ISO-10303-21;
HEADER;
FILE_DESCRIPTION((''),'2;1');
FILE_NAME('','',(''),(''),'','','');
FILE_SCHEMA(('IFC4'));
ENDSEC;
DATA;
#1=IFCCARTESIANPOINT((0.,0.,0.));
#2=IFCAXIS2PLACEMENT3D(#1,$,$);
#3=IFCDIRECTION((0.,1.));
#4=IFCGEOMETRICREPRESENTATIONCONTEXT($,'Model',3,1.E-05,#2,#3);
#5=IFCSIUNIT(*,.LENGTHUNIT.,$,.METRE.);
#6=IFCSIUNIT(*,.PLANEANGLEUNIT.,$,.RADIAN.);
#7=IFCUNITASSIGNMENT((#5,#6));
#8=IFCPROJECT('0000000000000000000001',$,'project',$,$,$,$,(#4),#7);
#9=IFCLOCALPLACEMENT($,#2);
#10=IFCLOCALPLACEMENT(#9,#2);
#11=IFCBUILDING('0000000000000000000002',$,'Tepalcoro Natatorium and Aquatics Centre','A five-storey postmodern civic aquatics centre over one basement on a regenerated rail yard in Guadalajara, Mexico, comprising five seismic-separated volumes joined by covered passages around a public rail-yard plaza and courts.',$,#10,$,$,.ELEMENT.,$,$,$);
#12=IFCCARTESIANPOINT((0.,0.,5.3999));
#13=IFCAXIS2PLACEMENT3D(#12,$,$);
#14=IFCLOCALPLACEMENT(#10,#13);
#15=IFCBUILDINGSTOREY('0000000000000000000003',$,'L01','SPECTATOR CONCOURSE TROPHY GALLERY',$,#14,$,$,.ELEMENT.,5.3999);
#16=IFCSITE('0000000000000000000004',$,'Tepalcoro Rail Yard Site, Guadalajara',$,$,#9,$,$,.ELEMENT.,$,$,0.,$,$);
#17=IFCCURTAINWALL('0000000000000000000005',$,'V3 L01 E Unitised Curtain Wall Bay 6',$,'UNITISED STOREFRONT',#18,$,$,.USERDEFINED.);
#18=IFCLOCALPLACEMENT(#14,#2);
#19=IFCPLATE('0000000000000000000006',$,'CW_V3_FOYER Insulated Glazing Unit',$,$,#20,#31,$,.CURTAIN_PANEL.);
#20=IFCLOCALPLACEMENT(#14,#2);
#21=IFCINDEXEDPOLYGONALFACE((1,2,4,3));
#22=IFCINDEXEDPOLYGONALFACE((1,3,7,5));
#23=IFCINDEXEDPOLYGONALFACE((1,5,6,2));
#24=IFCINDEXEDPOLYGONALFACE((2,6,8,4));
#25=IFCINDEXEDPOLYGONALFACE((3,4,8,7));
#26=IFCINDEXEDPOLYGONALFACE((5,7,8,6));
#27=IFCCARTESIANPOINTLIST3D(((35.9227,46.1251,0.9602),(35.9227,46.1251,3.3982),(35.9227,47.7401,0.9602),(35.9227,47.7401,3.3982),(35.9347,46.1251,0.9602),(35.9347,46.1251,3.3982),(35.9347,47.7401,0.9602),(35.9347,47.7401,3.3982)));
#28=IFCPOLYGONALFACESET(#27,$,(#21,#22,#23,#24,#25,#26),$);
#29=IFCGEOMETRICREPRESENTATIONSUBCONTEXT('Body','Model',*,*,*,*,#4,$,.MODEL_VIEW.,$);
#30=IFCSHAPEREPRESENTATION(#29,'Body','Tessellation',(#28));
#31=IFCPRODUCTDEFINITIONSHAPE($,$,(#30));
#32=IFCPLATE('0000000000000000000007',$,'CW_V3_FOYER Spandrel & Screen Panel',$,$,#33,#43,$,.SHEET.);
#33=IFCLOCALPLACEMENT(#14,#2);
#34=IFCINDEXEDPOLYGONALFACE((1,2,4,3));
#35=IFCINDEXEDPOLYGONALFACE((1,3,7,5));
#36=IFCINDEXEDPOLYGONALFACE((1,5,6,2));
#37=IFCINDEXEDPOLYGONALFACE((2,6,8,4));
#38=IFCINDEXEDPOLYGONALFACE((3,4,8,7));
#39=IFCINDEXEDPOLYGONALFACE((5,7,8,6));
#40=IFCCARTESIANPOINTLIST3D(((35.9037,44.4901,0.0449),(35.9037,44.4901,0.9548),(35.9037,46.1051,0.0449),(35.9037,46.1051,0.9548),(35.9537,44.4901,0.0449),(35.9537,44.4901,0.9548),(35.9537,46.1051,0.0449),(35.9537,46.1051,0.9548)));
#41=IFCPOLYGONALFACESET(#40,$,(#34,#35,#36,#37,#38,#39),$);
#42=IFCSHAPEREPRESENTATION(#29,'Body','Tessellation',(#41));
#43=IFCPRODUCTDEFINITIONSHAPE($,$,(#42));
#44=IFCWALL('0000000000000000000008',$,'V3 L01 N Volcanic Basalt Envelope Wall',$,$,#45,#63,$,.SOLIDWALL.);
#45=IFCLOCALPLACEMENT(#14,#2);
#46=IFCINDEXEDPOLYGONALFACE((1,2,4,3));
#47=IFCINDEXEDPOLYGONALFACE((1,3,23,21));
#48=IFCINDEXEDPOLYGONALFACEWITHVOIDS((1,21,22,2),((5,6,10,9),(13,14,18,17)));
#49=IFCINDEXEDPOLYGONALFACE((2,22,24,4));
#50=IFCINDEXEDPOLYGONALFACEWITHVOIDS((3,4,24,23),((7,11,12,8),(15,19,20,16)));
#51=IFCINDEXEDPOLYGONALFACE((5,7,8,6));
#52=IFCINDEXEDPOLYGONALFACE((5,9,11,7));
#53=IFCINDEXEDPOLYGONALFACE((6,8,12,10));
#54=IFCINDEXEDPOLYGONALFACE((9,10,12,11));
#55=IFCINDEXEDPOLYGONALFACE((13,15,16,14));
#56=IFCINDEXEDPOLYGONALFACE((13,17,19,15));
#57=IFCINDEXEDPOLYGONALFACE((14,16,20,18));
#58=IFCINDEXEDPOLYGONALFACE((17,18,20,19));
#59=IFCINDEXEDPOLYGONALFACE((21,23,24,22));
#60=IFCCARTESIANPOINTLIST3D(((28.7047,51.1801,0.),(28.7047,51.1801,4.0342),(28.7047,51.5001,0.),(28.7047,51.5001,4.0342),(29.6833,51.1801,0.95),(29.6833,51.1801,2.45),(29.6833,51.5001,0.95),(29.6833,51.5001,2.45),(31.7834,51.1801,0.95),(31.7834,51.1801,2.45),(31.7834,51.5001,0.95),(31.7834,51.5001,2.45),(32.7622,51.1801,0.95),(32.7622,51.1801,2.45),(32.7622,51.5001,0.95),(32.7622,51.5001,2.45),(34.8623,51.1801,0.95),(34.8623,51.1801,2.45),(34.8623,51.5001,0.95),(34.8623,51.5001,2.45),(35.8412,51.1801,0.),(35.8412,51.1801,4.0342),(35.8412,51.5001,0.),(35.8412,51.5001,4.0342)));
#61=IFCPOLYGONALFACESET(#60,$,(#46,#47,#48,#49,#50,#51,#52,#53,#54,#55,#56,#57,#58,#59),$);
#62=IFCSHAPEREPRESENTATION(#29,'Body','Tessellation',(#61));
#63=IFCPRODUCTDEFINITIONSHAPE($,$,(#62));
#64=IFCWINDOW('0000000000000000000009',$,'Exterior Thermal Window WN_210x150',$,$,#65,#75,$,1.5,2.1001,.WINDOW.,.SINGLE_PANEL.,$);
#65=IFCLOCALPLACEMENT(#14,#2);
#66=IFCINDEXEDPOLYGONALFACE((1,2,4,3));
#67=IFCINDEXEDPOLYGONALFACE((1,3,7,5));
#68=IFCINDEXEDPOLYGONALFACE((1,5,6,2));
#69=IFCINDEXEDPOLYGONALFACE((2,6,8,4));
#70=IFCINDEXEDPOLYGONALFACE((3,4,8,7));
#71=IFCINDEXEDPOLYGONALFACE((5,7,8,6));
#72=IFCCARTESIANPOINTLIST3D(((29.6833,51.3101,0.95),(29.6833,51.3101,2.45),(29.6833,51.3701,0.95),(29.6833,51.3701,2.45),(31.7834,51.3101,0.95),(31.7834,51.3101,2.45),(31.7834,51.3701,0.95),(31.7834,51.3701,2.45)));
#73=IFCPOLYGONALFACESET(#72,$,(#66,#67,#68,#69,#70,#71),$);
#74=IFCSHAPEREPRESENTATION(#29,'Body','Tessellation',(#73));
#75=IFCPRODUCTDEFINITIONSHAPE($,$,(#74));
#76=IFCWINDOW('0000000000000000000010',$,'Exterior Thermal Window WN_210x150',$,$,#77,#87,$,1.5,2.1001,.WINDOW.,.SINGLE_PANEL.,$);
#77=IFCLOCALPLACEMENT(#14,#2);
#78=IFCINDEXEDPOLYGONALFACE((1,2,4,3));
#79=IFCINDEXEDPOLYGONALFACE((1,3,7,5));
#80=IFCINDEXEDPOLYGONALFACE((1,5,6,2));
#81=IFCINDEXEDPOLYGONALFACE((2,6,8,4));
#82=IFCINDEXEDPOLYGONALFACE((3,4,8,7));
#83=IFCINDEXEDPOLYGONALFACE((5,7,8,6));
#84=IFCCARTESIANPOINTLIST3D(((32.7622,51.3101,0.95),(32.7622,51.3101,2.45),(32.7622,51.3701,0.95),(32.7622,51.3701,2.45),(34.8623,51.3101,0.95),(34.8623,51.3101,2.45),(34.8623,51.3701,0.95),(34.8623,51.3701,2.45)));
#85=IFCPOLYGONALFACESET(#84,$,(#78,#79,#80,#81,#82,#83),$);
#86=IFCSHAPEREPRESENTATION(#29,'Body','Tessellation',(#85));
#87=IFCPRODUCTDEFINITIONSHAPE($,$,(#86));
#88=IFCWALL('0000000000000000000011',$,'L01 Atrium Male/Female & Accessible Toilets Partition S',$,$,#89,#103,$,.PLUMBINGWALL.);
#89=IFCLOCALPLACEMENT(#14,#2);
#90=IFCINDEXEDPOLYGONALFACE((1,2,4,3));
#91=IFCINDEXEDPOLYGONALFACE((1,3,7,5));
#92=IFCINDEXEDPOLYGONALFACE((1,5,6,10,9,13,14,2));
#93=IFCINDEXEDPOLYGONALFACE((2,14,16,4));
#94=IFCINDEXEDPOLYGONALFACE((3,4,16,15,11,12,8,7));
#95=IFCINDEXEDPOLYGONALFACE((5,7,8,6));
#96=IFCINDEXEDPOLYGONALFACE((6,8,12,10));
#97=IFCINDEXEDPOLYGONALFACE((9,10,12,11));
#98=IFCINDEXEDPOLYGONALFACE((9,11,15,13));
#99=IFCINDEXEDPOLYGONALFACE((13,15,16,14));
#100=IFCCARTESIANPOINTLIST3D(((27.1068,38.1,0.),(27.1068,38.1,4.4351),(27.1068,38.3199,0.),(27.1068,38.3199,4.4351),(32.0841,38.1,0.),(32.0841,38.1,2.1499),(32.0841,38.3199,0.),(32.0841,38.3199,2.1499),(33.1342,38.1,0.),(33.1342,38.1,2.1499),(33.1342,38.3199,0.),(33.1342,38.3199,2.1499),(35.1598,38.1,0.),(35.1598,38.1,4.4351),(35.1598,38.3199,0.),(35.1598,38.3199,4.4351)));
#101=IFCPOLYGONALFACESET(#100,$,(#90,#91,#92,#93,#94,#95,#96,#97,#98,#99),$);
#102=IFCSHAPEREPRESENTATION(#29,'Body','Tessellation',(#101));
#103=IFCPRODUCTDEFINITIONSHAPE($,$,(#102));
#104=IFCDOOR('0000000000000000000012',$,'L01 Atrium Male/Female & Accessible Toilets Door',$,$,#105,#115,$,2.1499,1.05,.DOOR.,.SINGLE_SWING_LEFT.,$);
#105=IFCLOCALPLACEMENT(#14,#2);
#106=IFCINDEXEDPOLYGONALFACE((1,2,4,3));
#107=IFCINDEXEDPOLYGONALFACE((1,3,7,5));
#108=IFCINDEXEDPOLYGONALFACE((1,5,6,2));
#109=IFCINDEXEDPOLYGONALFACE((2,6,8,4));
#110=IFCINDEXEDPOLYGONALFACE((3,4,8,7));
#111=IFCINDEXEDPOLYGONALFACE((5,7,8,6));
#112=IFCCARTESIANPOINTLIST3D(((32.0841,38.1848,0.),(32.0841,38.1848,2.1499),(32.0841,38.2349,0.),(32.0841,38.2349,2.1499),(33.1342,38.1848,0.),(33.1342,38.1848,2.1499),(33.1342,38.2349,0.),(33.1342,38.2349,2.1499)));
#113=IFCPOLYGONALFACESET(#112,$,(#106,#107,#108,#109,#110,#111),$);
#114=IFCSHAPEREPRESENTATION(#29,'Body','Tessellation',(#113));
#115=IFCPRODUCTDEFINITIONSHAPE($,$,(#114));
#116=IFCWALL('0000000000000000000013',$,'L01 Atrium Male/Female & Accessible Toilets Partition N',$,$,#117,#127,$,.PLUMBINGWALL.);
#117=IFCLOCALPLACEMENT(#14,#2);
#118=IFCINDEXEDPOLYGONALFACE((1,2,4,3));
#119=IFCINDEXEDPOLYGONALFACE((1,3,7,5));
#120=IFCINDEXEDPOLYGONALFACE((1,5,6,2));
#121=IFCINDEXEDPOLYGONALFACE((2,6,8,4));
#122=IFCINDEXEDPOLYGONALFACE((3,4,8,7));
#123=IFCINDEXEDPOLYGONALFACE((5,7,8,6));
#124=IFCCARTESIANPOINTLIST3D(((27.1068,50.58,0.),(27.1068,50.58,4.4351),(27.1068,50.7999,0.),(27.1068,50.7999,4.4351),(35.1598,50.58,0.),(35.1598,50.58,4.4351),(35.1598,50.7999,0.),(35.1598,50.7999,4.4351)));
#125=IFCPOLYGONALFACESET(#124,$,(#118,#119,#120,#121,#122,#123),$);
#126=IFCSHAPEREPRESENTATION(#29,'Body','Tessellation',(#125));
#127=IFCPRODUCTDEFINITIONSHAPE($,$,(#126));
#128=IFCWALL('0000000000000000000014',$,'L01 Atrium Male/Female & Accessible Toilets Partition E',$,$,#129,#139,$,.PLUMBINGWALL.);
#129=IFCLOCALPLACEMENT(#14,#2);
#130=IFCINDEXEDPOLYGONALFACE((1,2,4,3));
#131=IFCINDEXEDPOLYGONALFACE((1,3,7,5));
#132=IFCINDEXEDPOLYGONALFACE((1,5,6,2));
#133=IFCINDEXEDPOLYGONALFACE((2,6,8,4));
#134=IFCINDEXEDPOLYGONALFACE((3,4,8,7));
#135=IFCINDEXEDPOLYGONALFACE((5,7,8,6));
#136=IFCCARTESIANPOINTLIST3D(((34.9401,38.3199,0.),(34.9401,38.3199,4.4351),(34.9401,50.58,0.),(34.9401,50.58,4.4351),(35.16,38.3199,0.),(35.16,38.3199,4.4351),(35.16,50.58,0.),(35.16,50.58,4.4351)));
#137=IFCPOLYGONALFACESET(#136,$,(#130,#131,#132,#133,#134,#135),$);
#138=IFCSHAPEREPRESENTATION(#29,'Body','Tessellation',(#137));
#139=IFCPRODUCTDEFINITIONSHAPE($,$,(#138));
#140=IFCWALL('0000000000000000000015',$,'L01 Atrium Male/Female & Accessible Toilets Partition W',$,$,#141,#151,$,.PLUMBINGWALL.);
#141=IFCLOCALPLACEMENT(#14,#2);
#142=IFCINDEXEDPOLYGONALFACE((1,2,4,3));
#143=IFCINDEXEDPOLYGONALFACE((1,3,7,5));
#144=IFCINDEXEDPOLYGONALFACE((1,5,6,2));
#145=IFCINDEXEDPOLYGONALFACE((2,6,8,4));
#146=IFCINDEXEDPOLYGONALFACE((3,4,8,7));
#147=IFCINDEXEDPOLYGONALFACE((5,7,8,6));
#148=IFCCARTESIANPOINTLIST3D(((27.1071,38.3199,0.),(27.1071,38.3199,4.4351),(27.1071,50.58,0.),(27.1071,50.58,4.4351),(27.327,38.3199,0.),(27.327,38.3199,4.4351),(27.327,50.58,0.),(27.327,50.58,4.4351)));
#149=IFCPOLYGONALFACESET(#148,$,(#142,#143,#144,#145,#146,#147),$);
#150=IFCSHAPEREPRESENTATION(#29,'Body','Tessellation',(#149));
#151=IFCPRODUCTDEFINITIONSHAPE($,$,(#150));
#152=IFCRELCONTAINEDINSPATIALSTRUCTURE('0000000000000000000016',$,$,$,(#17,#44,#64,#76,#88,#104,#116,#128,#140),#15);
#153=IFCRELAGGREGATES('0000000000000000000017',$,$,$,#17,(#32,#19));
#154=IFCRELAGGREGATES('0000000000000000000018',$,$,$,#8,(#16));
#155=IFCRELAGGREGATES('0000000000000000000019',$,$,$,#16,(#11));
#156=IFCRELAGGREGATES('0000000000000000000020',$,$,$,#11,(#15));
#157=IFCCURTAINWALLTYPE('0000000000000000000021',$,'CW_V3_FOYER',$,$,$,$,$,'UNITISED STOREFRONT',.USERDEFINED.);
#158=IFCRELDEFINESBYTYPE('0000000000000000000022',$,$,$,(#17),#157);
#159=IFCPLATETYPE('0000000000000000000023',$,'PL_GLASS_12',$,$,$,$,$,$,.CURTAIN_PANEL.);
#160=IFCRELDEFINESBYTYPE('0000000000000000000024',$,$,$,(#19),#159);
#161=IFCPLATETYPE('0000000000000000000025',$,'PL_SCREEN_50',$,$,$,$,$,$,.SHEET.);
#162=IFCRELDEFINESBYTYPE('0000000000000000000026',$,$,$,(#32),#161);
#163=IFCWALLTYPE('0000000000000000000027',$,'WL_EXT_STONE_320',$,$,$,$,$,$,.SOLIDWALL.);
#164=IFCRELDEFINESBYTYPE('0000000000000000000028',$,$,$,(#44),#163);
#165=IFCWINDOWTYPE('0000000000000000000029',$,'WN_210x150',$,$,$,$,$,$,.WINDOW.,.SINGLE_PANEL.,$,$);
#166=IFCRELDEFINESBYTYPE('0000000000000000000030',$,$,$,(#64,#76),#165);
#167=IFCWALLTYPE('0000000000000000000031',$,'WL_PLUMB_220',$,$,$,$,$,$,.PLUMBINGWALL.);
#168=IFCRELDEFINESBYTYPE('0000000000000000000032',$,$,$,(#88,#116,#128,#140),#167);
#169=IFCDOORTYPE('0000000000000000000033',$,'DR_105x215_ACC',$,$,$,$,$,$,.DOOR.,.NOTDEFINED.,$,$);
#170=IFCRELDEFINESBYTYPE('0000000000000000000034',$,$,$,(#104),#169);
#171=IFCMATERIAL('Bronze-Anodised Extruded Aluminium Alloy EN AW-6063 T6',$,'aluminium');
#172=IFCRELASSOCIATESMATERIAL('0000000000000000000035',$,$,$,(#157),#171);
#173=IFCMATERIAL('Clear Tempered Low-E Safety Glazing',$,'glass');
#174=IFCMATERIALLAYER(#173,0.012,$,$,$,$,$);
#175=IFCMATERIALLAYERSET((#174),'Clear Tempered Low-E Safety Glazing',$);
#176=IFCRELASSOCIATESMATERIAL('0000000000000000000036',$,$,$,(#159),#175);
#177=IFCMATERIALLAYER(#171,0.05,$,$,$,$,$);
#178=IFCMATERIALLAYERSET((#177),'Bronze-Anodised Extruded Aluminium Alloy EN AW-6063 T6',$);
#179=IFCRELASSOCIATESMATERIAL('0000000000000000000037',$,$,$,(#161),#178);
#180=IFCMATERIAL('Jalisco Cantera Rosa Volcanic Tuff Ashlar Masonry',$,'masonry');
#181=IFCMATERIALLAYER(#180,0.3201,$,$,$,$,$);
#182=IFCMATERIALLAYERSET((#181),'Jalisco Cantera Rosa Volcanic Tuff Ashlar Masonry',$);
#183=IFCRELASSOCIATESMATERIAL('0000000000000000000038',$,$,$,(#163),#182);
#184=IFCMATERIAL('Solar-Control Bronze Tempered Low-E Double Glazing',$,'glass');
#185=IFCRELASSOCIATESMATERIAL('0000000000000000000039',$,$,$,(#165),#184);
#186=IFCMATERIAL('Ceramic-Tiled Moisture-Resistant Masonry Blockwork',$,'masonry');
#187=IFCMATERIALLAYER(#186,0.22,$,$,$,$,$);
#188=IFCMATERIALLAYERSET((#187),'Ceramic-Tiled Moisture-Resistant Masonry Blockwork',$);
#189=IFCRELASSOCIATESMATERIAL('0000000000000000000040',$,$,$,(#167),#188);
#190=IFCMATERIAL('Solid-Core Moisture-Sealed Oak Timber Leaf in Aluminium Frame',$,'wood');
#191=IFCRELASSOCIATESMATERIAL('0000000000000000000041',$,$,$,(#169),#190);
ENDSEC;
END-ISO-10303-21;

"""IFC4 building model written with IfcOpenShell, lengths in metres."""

from ifc_helpers import new_model, si_unit, direction, frame, frame_2d, origin, origin_2d, place, context, subcontext, project, spatial, rectangle, extrude, material, layer, layer_set, type_object, element, fill, aggregate, save


model = new_model("IFC4")

# Units and contexts
model_context = context("Model", 3, precision=1e-05, world=origin(), true_north=direction((0.0, 1.0)))
body_context = subcontext(model_context, "Body", "Model", "MODEL_VIEW")
ifc_project = project(units=[si_unit("LENGTHUNIT", "METRE"), si_unit("PLANEANGLEUNIT", "RADIAN")], contexts=[model_context])

# Site, building, storey
site_placement = place(None, origin())
site = spatial("IfcSite", under=ifc_project, at=site_placement, Name="Tepalcoro Rail Yard Site, Guadalajara", CompositionType="ELEMENT", RefElevation=0.0)
building_placement = place(site_placement, origin())
building = spatial("IfcBuilding", under=site, at=building_placement, Name="Tepalcoro Natatorium and Aquatics Centre", Description="A five-storey postmodern civic aquatics centre over one basement on a regenerated rail yard in Guadalajara, Mexico, comprising five seismic-separated volumes joined by covered passages around a public rail-yard plaza and courts.", CompositionType="ELEMENT")
storey_placement = place(building_placement, frame((0.0, 0.0, 5.3999)))
storey = spatial("IfcBuildingStorey", under=building, at=storey_placement, Name="L01", Description="SPECTATOR CONCOURSE TROPHY GALLERY", CompositionType="ELEMENT", Elevation=5.3999)

# Shared definitions
ifc_material_1 = material(Name="Bronze-Anodised Extruded Aluminium Alloy EN AW-6063 T6", Category="aluminium")

# Curtain wall
curtain_wall_type_1 = type_object("IfcCurtainWallType", Name="CW_V3_FOYER", ElementType="UNITISED STOREFRONT", PredefinedType="USERDEFINED", material=ifc_material_1)
curtain_wall_1_placement = place(storey_placement, origin())
curtain_wall_1 = element("IfcCurtainWall", 1, at=curtain_wall_1_placement, inside=storey, type_object=curtain_wall_type_1, Name="V3 L01 E Unitised Curtain Wall Bay 6", ObjectType="UNITISED STOREFRONT", PredefinedType="USERDEFINED")

# Plates
ifc_material_2 = material(Name="Solar-Control Bronze Tempered Low-E Double Glazing", Category="glass")
ifc_material_3 = material(Name="Jalisco Cantera Rosa Volcanic Tuff Ashlar Masonry", Category="masonry")
ifc_material_4 = material(Name="Clear Tempered Low-E Safety Glazing", Category="glass")
ifc_layer_1 = layer(ifc_material_4, 0.012)
ifc_layer_set_1 = layer_set([ifc_layer_1], Name="Clear Tempered Low-E Safety Glazing")
plate_type_1 = type_object("IfcPlateType", Name="PL_GLASS_12", PredefinedType="CURTAIN_PANEL", material=ifc_layer_set_1)
plate_1_placement = place(storey_placement, frame((35.9287, 46.9326, 0.9602), z_axis=(0.0, 0.0, 1.0), x_axis=(1.0, 0.0, 0.0)))
plate_1 = element("IfcPlate", 2, at=plate_1_placement, type_object=plate_type_1, Name="CW_V3_FOYER Insulated Glazing Unit", PredefinedType="CURTAIN_PANEL", context=body_context, shape_type="SweptSolid", body=[
    extrude(rectangle(XDim=0.012, YDim=1.615, at=origin_2d()), origin(), (0.0, 0.0, 1.0), 2.438),
])
ifc_layer_2 = layer(ifc_material_1, 0.05)
ifc_layer_set_2 = layer_set([ifc_layer_2], Name="Bronze-Anodised Extruded Aluminium Alloy EN AW-6063 T6")
plate_type_2 = type_object("IfcPlateType", Name="PL_SCREEN_50", PredefinedType="SHEET", material=ifc_layer_set_2)
plate_2_placement = place(storey_placement, frame((35.9287, 45.2976, 0.0449), z_axis=(0.0, 0.0, 1.0), x_axis=(1.0, 0.0, 0.0)))
plate_2 = element("IfcPlate", 3, at=plate_2_placement, type_object=plate_type_2, Name="CW_V3_FOYER Spandrel & Screen Panel", PredefinedType="SHEET", context=body_context, shape_type="SweptSolid", body=[
    extrude(rectangle(XDim=0.05, YDim=1.615, at=origin_2d()), origin(), (0.0, 0.0, 1.0), 0.9099),
])
aggregate(curtain_wall_1, [plate_2, plate_1])

# Wall, openings, windows
ifc_layer_3 = layer(ifc_material_3, 0.3201)
ifc_layer_set_3 = layer_set([ifc_layer_3], Name="Jalisco Cantera Rosa Volcanic Tuff Ashlar Masonry")
wall_type_1 = type_object("IfcWallType", Name="WL_EXT_STONE_320", PredefinedType="SOLIDWALL", material=ifc_layer_set_3)
wall_1_placement = place(storey_placement, frame((28.7046, 51.3401, 0.0), z_axis=(0.0, 0.0, 1.0), x_axis=(1.0, 0.0, 0.0)))
wall_1 = element("IfcWall", 4, at=wall_1_placement, inside=storey, type_object=wall_type_1, Name="V3 L01 N Volcanic Basalt Envelope Wall", PredefinedType="SOLIDWALL", context=body_context, shape_type="SweptSolid", body=[
    extrude(rectangle(XDim=7.1365, YDim=0.3201, at=frame_2d((3.5684, 0.0))), origin(), (0.0, 0.0, 1.0), 4.0342),
])
opening_1_placement = place(wall_1_placement, frame((0.9788, 0.0, 0.95)))
opening_1 = element("IfcOpeningElement", 5, at=opening_1_placement, cuts=wall_1, PredefinedType="OPENING", context=body_context, shape_type="SweptSolid", body=[
    extrude(rectangle(XDim=2.1001, YDim=1.5, at=frame_2d((1.05, 0.75))), frame((0.0, 0.1719, 0.0), z_axis=(0.0, -1.0, 0.0), x_axis=(1.0, 0.0, 0.0)), (0.0, 0.0, 1.0), 0.344),
])
opening_2_placement = place(wall_1_placement, frame((4.0576, 0.0, 0.95)))
opening_2 = element("IfcOpeningElement", 6, at=opening_2_placement, cuts=wall_1, PredefinedType="OPENING", context=body_context, shape_type="SweptSolid", body=[
    extrude(rectangle(XDim=2.1001, YDim=1.5, at=frame_2d((1.05, 0.75))), frame((0.0, 0.1719, 0.0), z_axis=(0.0, -1.0, 0.0), x_axis=(1.0, 0.0, 0.0)), (0.0, 0.0, 1.0), 0.344),
])
window_type = type_object("IfcWindowType", Name="WN_210x150", PartitioningType="SINGLE_PANEL", PredefinedType="WINDOW", material=ifc_material_2)
window_1_placement = place(opening_1_placement, origin())
window_1 = element("IfcWindow", 7, at=window_1_placement, inside=storey, type_object=window_type, Name="Exterior Thermal Window WN_210x150", OverallHeight=1.5, OverallWidth=2.1001, PartitioningType="SINGLE_PANEL", PredefinedType="WINDOW", context=body_context, shape_type="SweptSolid", body=[
    extrude(rectangle(XDim=2.1001, YDim=1.5, at=frame_2d((1.05, 0.75))), frame((0.0, 0.03, 0.0), z_axis=(0.0, -1.0, 0.0), x_axis=(1.0, 0.0, 0.0)), (0.0, 0.0, 1.0), 0.0601),
])
fill(opening_1, window_1)
window_2_placement = place(opening_2_placement, origin())
window_2 = element("IfcWindow", 8, at=window_2_placement, inside=storey, type_object=window_type, Name="Exterior Thermal Window WN_210x150", OverallHeight=1.5, OverallWidth=2.1001, PartitioningType="SINGLE_PANEL", PredefinedType="WINDOW", context=body_context, shape_type="SweptSolid", body=[
    extrude(rectangle(XDim=2.1001, YDim=1.5, at=frame_2d((1.05, 0.75))), frame((0.0, 0.03, 0.0), z_axis=(0.0, -1.0, 0.0), x_axis=(1.0, 0.0, 0.0)), (0.0, 0.0, 1.0), 0.0601),
])
fill(opening_2, window_2)

# Wall, opening, door
ifc_material_5 = material(Name="Ceramic-Tiled Moisture-Resistant Masonry Blockwork", Category="masonry")
ifc_layer_4 = layer(ifc_material_5, 0.22)
ifc_layer_set_4 = layer_set([ifc_layer_4], Name="Ceramic-Tiled Moisture-Resistant Masonry Blockwork")
wall_type_2 = type_object("IfcWallType", Name="WL_PLUMB_220", PredefinedType="PLUMBINGWALL", material=ifc_layer_set_4)
wall_2_placement = place(storey_placement, frame((27.1069, 38.21, 0.0), z_axis=(0.0, 0.0, 1.0), x_axis=(1.0, 0.0, 0.0)))
wall_2 = element("IfcWall", 9, at=wall_2_placement, inside=storey, type_object=wall_type_2, Name="L01 Atrium Male/Female & Accessible Toilets Partition S", PredefinedType="PLUMBINGWALL", context=body_context, shape_type="SweptSolid", body=[
    extrude(rectangle(XDim=8.053, YDim=0.22, at=frame_2d((4.0264, 0.0))), origin(), (0.0, 0.0, 1.0), 4.4351),
])
opening_3_placement = place(wall_2_placement, frame((4.9773, 0.0, 0.0)))
opening_3 = element("IfcOpeningElement", 10, at=opening_3_placement, cuts=wall_2, PredefinedType="OPENING", context=body_context, shape_type="SweptSolid", body=[
    extrude(rectangle(XDim=1.05, YDim=2.1499, at=frame_2d((0.5249, 1.075))), frame((0.0, 0.1221, 0.0), z_axis=(0.0, -1.0, 0.0), x_axis=(1.0, 0.0, 0.0)), (0.0, 0.0, 1.0), 0.2439),
])
ifc_material_6 = material(Name="Solid-Core Moisture-Sealed Oak Timber Leaf in Aluminium Frame", Category="wood")
door_type_1 = type_object("IfcDoorType", Name="DR_105x215_ACC", OperationType="NOTDEFINED", PredefinedType="DOOR", material=ifc_material_6)
door_1_placement = place(opening_3_placement, origin())
door_1 = element("IfcDoor", 11, at=door_1_placement, inside=storey, type_object=door_type_1, Name="L01 Atrium Male/Female & Accessible Toilets Door", OperationType="SINGLE_SWING_LEFT", OverallHeight=2.1499, OverallWidth=1.05, PredefinedType="DOOR", context=body_context, shape_type="SweptSolid", body=[
    extrude(rectangle(XDim=1.05, YDim=2.1499, at=frame_2d((0.5249, 1.075))), frame((0.0, 0.0249, 0.0), z_axis=(0.0, -1.0, 0.0), x_axis=(1.0, 0.0, 0.0)), (0.0, 0.0, 1.0), 0.05),
])
fill(opening_3, door_1)

# Walls
wall_3_placement = place(storey_placement, frame((27.1069, 50.6899, 0.0), z_axis=(0.0, 0.0, 1.0), x_axis=(1.0, 0.0, 0.0)))
element("IfcWall", 12, at=wall_3_placement, inside=storey, type_object=wall_type_2, Name="L01 Atrium Male/Female & Accessible Toilets Partition N", PredefinedType="PLUMBINGWALL", context=body_context, shape_type="SweptSolid", body=[
    extrude(rectangle(XDim=8.053, YDim=0.22, at=frame_2d((4.0264, 0.0))), origin(), (0.0, 0.0, 1.0), 4.4351),
])
for number, where, z_axis, x_axis, name in (
    (13, (35.05, 38.3201, 0.0), (0.0, 0.0, 1.0), (0.0, 1.0, 0.0), "L01 Atrium Male/Female & Accessible Toilets Partition E"),
    (14, (27.217, 38.3201, 0.0), (0.0, 0.0, 1.0), (0.0, 1.0, 0.0), "L01 Atrium Male/Female & Accessible Toilets Partition W"),
):
    element("IfcWall", number, at=place(storey_placement, frame(where, z_axis=z_axis, x_axis=x_axis)), inside=storey, type_object=wall_type_2, Name=name, PredefinedType="PLUMBINGWALL", context=body_context, shape_type="SweptSolid", body=[
        extrude(rectangle(XDim=12.26, YDim=0.22, at=frame_2d((6.1299, 0.0))), origin(), (0.0, 0.0, 1.0), 4.4351),
    ])

save(model, "model.ifc")
